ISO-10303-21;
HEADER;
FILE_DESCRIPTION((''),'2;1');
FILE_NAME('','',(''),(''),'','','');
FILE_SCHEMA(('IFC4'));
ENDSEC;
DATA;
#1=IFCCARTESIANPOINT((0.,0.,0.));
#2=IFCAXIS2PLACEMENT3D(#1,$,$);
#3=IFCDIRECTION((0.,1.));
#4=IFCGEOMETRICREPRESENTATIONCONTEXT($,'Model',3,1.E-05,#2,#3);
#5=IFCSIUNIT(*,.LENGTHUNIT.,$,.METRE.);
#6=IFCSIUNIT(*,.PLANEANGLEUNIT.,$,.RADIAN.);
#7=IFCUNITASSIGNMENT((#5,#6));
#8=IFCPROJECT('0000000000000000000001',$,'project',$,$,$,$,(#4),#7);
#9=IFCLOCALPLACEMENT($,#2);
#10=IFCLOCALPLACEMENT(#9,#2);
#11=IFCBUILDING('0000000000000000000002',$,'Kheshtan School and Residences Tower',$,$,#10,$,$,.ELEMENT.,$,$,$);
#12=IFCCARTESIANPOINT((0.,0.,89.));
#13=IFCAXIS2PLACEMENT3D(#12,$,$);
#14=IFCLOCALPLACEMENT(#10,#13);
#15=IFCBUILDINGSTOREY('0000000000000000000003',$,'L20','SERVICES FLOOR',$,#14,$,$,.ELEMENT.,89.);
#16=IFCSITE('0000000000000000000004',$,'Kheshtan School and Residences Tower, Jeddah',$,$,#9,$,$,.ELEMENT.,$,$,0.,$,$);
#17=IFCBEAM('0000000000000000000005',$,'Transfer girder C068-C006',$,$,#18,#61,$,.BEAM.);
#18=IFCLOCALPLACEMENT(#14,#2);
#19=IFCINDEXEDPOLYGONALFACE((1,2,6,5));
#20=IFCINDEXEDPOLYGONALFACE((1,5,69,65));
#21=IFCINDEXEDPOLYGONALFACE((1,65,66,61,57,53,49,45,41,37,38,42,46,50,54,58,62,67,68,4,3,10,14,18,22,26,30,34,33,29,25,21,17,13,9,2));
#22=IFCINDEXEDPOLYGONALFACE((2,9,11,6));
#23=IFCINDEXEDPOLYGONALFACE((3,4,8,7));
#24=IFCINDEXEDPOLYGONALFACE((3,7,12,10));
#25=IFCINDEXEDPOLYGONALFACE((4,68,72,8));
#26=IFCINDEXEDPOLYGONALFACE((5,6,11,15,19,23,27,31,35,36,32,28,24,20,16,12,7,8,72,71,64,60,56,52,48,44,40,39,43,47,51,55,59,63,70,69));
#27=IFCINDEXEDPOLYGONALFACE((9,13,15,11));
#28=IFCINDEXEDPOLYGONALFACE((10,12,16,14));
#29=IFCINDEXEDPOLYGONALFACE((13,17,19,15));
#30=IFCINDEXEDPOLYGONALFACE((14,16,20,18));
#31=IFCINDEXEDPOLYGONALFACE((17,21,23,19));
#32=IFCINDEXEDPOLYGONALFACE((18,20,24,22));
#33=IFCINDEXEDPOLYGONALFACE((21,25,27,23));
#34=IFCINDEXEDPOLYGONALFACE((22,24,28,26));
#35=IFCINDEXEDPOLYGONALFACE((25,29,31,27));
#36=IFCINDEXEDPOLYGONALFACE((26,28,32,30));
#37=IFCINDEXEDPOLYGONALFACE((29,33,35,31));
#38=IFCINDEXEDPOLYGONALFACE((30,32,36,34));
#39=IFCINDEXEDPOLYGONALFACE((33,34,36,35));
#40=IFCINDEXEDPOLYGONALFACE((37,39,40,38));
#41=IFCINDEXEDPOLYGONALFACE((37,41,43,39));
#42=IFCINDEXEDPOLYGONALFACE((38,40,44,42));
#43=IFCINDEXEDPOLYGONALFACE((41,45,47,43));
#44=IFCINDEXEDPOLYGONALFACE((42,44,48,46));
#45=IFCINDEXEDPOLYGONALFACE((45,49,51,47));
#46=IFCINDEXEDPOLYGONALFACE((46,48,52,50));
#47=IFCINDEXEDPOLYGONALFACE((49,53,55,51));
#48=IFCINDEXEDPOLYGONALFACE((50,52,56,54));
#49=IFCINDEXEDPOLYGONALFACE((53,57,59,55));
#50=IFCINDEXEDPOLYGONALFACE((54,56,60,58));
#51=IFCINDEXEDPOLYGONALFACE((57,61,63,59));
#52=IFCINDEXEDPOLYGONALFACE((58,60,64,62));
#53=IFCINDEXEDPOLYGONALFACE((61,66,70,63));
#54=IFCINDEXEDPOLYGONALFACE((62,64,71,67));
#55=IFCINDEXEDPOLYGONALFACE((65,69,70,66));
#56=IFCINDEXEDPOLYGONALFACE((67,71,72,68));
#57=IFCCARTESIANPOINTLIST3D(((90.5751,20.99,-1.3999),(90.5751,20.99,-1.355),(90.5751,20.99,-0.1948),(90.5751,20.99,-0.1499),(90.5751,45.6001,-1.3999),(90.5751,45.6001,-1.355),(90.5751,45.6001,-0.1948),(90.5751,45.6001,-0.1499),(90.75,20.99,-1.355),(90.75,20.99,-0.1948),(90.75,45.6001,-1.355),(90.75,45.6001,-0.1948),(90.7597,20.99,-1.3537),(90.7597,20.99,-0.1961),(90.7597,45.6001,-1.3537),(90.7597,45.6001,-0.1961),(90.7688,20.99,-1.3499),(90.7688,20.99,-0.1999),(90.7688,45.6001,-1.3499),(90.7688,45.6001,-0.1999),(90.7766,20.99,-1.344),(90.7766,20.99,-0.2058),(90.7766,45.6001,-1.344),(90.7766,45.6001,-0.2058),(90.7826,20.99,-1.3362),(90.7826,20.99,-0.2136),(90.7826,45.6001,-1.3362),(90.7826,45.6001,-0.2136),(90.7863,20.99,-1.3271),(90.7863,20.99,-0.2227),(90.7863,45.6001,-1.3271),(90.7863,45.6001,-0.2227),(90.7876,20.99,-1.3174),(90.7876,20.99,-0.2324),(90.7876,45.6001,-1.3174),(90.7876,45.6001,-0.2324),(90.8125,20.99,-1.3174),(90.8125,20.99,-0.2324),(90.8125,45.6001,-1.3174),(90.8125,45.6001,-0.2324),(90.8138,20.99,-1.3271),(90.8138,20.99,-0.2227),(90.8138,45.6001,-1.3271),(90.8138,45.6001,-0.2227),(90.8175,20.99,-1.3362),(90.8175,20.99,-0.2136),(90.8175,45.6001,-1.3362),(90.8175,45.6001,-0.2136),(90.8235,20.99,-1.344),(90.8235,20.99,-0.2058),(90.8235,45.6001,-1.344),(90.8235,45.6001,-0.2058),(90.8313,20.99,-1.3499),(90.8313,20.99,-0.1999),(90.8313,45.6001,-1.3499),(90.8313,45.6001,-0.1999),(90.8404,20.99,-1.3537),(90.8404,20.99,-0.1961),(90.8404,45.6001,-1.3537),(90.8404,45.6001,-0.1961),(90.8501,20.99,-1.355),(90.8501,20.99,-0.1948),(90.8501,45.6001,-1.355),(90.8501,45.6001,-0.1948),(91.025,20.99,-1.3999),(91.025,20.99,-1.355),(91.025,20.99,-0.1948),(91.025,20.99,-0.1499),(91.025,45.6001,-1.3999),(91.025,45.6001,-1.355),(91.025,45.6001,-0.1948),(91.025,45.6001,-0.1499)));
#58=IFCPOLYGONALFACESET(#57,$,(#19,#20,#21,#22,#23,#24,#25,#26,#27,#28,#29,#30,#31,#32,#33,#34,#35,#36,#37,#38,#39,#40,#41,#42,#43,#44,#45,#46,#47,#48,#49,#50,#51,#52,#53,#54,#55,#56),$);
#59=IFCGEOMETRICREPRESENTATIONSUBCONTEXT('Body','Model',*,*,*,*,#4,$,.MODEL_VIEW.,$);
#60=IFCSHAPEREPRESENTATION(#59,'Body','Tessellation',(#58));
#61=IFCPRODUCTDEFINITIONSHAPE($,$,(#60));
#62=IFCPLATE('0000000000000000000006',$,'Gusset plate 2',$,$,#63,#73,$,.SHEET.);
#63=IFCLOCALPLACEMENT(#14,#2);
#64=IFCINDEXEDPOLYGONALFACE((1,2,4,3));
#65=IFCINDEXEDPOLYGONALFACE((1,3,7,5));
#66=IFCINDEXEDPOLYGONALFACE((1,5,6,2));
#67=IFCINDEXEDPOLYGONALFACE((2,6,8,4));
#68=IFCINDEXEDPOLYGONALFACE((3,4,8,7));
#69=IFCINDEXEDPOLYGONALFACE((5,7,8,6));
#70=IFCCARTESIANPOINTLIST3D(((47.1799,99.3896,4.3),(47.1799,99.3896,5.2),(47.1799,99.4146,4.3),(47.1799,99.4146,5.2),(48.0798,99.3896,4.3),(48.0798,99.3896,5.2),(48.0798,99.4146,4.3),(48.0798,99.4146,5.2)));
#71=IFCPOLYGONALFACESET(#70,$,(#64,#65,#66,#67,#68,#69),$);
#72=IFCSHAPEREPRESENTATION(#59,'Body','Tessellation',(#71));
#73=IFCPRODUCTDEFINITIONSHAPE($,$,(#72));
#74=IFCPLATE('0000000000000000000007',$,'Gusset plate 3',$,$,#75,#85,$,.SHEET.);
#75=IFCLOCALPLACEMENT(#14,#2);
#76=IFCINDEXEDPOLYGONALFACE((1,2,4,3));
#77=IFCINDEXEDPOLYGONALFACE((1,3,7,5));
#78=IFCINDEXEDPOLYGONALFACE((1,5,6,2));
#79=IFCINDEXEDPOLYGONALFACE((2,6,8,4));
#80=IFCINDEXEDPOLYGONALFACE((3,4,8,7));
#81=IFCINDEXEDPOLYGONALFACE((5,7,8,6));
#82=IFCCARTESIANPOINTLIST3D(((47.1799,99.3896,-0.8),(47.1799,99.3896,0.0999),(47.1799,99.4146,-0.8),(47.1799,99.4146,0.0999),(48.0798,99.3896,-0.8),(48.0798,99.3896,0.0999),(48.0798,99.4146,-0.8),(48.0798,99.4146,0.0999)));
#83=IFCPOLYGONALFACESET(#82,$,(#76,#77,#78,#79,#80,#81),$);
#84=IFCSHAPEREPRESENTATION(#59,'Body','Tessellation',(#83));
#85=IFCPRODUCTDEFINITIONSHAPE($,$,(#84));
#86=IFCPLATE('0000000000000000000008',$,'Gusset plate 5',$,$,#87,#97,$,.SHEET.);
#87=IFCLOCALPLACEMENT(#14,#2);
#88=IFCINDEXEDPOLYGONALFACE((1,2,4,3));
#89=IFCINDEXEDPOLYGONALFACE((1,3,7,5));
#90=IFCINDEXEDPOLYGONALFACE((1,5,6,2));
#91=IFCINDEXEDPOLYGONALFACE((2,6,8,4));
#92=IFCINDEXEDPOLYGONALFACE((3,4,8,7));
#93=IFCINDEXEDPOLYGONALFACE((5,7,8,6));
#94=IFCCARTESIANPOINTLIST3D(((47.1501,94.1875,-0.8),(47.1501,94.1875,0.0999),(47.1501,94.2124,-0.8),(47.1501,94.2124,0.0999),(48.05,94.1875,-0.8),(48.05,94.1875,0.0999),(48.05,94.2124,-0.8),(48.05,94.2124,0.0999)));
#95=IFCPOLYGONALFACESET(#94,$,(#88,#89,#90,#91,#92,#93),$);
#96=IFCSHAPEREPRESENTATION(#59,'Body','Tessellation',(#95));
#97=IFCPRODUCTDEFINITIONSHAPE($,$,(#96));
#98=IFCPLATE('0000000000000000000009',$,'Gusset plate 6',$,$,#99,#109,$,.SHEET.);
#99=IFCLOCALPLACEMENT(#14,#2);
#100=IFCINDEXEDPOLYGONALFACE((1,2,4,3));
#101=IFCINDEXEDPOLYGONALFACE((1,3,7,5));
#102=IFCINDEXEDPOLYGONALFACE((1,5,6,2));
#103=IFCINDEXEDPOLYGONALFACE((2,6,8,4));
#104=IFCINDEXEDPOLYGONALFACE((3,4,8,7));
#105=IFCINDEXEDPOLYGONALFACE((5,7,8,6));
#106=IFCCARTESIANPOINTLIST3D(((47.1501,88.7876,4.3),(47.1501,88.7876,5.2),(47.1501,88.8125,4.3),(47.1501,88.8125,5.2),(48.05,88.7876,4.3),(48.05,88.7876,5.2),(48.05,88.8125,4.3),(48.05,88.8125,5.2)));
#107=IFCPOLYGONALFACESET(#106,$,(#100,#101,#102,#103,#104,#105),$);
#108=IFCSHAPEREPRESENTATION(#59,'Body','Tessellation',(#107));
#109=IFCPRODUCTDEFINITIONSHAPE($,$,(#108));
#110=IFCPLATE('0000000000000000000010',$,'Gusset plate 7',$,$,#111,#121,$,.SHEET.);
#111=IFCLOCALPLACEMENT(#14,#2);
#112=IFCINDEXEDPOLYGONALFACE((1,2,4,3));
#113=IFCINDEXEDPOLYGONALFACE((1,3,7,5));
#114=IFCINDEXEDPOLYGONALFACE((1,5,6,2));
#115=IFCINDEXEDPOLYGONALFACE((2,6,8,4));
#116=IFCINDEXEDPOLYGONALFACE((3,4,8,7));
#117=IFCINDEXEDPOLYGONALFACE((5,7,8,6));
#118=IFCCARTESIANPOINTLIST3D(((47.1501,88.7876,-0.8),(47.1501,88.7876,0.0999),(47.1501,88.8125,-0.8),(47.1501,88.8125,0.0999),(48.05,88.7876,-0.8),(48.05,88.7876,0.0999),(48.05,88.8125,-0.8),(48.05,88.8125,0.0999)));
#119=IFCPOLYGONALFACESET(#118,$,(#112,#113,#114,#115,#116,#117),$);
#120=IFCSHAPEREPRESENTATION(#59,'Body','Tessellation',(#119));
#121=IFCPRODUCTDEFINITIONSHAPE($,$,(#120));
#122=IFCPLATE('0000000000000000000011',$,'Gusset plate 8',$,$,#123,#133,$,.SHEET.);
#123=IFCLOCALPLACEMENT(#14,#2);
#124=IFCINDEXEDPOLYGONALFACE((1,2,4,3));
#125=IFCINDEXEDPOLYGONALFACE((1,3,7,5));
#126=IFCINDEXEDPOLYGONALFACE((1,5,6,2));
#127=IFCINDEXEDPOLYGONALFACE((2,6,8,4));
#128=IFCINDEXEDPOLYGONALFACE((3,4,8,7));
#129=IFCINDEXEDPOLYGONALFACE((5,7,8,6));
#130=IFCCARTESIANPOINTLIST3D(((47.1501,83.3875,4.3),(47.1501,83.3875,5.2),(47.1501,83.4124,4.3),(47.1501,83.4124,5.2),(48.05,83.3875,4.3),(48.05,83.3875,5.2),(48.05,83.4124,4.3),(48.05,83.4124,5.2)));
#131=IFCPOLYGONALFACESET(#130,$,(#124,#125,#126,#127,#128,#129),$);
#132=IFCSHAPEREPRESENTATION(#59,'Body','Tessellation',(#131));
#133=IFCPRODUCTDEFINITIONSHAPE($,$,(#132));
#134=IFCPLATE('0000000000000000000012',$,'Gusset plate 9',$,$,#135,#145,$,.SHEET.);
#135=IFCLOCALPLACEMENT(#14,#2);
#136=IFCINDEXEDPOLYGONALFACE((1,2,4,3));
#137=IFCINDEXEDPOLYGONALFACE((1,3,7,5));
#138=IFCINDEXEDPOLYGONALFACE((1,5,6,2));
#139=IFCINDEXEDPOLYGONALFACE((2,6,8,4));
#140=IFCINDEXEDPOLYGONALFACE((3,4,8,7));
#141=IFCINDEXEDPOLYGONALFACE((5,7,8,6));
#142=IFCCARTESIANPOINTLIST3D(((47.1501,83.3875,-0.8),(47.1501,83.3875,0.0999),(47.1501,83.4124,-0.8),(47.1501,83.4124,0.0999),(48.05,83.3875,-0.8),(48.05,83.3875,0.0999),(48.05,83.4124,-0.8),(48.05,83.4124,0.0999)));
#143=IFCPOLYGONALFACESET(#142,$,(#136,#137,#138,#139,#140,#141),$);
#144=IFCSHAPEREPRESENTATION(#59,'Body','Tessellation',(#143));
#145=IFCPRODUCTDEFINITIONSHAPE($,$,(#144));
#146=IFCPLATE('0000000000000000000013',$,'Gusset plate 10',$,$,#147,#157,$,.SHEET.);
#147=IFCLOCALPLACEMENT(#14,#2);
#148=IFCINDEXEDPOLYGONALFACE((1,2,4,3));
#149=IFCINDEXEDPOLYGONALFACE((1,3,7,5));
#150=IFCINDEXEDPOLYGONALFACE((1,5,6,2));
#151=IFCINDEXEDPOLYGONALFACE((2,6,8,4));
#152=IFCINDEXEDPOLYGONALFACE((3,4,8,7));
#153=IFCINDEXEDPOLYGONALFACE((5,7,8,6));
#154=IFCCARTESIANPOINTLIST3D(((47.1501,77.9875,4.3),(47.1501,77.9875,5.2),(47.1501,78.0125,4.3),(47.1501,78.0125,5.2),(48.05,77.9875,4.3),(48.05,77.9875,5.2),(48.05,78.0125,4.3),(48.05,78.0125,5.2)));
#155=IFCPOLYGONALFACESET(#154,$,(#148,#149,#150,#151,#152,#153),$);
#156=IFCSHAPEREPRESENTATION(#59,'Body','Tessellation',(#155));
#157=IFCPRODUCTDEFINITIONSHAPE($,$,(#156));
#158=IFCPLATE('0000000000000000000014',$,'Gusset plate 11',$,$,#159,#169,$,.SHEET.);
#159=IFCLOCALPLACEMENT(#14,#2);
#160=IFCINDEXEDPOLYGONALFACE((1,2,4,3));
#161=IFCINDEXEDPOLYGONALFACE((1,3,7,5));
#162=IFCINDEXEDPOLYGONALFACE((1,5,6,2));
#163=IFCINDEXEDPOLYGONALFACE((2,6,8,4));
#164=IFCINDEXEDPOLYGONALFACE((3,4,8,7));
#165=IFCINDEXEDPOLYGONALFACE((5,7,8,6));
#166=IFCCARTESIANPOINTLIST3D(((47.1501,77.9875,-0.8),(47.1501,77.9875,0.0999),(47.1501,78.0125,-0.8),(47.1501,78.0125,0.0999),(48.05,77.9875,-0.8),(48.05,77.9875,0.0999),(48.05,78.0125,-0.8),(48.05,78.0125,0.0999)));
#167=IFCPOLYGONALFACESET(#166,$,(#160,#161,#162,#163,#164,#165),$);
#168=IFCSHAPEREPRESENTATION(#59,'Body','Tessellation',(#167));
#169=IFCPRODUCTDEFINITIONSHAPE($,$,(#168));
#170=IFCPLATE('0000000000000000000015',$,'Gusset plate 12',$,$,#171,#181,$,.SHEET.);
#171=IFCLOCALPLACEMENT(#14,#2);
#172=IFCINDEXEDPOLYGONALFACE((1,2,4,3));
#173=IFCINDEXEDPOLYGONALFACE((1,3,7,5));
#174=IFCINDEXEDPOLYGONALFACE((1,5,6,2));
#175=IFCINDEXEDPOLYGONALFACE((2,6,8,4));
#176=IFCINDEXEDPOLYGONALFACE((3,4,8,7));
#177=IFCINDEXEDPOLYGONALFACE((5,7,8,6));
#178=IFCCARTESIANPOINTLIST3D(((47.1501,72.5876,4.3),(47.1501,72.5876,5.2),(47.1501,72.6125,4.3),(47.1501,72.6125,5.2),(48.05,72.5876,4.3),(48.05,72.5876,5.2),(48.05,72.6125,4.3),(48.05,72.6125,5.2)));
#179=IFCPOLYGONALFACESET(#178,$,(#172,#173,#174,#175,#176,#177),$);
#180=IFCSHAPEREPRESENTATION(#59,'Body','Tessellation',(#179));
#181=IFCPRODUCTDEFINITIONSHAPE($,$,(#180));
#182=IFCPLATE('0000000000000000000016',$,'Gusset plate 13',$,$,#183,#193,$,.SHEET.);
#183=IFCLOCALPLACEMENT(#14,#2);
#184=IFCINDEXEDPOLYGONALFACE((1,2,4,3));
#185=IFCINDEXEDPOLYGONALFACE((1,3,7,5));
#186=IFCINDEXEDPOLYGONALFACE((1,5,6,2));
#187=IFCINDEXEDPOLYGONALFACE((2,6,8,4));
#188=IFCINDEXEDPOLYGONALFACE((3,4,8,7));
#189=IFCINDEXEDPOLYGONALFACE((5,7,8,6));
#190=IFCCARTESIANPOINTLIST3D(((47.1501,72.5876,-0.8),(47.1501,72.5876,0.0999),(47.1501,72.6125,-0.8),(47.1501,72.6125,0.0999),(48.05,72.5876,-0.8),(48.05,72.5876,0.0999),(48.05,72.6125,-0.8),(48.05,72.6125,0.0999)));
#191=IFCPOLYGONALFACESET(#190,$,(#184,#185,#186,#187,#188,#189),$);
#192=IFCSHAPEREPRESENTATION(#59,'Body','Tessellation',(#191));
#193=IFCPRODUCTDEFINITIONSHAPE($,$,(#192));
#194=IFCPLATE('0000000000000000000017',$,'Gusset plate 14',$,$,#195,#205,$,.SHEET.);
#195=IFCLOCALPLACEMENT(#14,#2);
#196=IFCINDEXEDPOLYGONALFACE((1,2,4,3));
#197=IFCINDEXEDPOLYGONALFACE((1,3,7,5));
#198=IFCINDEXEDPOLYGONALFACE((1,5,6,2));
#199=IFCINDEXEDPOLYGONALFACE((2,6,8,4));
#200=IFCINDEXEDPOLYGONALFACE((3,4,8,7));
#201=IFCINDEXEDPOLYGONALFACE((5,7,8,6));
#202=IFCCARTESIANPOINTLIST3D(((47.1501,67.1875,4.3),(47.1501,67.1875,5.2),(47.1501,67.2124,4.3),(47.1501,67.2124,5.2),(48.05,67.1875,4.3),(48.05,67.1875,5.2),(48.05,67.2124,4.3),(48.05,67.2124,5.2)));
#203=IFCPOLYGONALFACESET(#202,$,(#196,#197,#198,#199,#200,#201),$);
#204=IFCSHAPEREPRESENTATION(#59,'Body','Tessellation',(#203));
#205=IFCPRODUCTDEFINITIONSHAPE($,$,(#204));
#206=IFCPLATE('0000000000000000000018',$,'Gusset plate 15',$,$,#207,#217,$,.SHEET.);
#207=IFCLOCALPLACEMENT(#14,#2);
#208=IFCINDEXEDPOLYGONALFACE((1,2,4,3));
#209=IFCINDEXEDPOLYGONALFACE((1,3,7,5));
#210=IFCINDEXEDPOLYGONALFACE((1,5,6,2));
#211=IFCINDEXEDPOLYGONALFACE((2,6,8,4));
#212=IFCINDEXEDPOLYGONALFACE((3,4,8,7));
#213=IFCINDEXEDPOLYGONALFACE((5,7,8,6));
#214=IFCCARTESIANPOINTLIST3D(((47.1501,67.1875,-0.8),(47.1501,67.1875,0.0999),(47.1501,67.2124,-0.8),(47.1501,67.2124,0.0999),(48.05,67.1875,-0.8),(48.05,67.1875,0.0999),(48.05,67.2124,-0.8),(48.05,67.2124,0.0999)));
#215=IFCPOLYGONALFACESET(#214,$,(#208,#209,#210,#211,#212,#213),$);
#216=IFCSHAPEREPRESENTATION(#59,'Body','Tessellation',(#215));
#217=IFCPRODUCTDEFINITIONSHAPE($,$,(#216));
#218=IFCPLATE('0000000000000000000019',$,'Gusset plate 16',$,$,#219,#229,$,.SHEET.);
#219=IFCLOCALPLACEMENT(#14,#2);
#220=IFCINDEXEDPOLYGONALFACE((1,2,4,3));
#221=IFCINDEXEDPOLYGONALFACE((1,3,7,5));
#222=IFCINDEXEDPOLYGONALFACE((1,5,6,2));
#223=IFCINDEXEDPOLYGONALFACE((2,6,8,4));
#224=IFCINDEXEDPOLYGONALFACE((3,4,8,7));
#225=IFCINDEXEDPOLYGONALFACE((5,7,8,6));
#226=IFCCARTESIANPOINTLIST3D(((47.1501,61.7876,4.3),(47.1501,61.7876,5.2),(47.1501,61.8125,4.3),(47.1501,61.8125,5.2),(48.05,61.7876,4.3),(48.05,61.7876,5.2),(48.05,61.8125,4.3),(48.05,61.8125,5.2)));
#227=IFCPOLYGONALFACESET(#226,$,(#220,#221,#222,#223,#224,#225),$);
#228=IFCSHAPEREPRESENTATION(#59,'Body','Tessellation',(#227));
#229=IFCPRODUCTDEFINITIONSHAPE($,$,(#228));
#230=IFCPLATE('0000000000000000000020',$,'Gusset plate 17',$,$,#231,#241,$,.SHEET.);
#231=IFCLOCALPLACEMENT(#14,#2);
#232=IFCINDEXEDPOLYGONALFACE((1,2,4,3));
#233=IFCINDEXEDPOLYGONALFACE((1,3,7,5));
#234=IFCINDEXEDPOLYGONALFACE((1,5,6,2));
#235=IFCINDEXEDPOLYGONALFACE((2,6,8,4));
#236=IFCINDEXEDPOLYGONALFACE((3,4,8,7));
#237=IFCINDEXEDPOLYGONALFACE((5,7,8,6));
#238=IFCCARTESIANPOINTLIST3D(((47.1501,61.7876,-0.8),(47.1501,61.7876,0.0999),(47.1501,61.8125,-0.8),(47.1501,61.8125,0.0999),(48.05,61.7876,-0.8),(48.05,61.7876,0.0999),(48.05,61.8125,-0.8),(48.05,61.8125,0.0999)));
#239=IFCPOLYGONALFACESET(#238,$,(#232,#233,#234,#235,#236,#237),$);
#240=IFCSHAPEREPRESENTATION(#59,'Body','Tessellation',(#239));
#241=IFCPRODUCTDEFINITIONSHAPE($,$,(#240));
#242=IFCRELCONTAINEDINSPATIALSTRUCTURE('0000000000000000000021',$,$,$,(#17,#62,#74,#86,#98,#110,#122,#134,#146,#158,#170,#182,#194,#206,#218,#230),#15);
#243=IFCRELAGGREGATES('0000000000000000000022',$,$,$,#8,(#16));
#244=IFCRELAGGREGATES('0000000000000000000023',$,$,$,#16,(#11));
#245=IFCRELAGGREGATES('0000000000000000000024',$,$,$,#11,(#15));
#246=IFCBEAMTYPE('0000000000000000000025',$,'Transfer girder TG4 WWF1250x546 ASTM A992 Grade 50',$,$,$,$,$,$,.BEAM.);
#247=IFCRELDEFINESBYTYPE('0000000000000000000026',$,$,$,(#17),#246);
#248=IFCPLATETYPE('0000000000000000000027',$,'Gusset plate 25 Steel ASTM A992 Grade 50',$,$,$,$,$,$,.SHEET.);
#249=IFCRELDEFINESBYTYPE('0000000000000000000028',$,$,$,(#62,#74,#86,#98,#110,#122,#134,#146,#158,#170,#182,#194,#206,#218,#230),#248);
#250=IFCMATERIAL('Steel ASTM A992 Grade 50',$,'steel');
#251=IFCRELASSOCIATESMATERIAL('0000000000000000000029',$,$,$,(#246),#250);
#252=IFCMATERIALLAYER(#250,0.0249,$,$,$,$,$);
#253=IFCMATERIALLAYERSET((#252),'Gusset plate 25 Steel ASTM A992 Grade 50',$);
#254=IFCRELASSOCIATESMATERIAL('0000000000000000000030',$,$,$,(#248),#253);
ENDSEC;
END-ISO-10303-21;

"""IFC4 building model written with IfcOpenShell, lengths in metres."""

from ifc_helpers import new_model, si_unit, direction, frame, origin, origin_2d, place, context, subcontext, project, spatial, rectangle, i_section, extrude, material, layer, layer_set, material_profile, profile_set, type_object, element, save


model = new_model("IFC4")

# Units and contexts
model_context = context("Model", 3, precision=1e-05, world=origin(), true_north=direction((0.0, 1.0)))
body_context = subcontext(model_context, "Body", "Model", "MODEL_VIEW")
ifc_project = project(units=[si_unit("LENGTHUNIT", "METRE"), si_unit("PLANEANGLEUNIT", "RADIAN")], contexts=[model_context])

# Site, building, storey
site_placement = place(None, origin())
site = spatial("IfcSite", under=ifc_project, at=site_placement, Name="Kheshtan School and Residences Tower, Jeddah", CompositionType="ELEMENT", RefElevation=0.0)
building_placement = place(site_placement, origin())
building = spatial("IfcBuilding", under=site, at=building_placement, Name="Kheshtan School and Residences Tower", CompositionType="ELEMENT")
storey_placement = place(building_placement, frame((0.0, 0.0, 89.0)))
storey = spatial("IfcBuildingStorey", under=building, at=storey_placement, Name="L20", Description="SERVICES FLOOR", CompositionType="ELEMENT", Elevation=89.0)

# Shared definitions
ifc_material_1 = material(Name="Steel ASTM A992 Grade 50", Category="steel")

# Beam
ifc_material_profile_1 = material_profile(ifc_material_1, i_section(OverallWidth=0.45, OverallDepth=1.25, WebThickness=0.0249, FlangeThickness=0.0449, FilletRadius=0.0376, at=origin_2d()), Name="WWF1250x546")
ifc_profile_set_1 = profile_set([ifc_material_profile_1], Name="Steel ASTM A992 Grade 50")
beam_type_1 = type_object("IfcBeamType", Name="Transfer girder TG4 WWF1250x546 ASTM A992 Grade 50", PredefinedType="BEAM", material=ifc_profile_set_1)
beam_1_placement = place(storey_placement, frame((90.8, 45.6001, -0.7749), z_axis=(0.0, -1.0, 0.0), x_axis=(1.0, 0.0, 0.0)))
element("IfcBeam", 1, at=beam_1_placement, inside=storey, type_object=beam_type_1, Name="Transfer girder C068-C006", PredefinedType="BEAM", context=body_context, shape_type="SweptSolid", body=[
    extrude(i_section(OverallWidth=0.45, OverallDepth=1.25, WebThickness=0.0249, FlangeThickness=0.0449, FilletRadius=0.0376, at=origin_2d()), origin(), (0.0, 0.0, 1.0), 24.6101),
])

# Plates
ifc_layer_1 = layer(ifc_material_1, 0.0249)
ifc_layer_set_1 = layer_set([ifc_layer_1], Name="Gusset plate 25 Steel ASTM A992 Grade 50")
plate_type = type_object("IfcPlateType", Name="Gusset plate 25 Steel ASTM A992 Grade 50", PredefinedType="SHEET", material=ifc_layer_set_1)
for number, where, z_axis, x_axis, name in (
    (2, (47.6299, 99.4021, 4.3), (0.0, 0.0, 1.0), (1.0, 0.0, 0.0), "Gusset plate 2"),
    (3, (47.6299, 99.4021, -0.8), (0.0, 0.0, 1.0), (1.0, 0.0, 0.0), "Gusset plate 3"),
    (4, (47.6001, 94.2, -0.8), (0.0, 0.0, 1.0), (1.0, 0.0, 0.0), "Gusset plate 5"),
    (5, (47.6001, 88.8, 4.3), (0.0, 0.0, 1.0), (1.0, 0.0, 0.0), "Gusset plate 6"),
    (6, (47.6001, 88.8, -0.8), (0.0, 0.0, 1.0), (1.0, 0.0, 0.0), "Gusset plate 7"),
    (7, (47.6001, 83.3999, 4.3), (0.0, 0.0, 1.0), (1.0, 0.0, 0.0), "Gusset plate 8"),
    (8, (47.6001, 83.3999, -0.8), (0.0, 0.0, 1.0), (1.0, 0.0, 0.0), "Gusset plate 9"),
    (9, (47.6001, 78.0, 4.3), (0.0, 0.0, 1.0), (1.0, 0.0, 0.0), "Gusset plate 10"),
    (10, (47.6001, 78.0, -0.8), (0.0, 0.0, 1.0), (1.0, 0.0, 0.0), "Gusset plate 11"),
    (11, (47.6001, 72.6001, 4.3), (0.0, 0.0, 1.0), (1.0, 0.0, 0.0), "Gusset plate 12"),
    (12, (47.6001, 72.6001, -0.8), (0.0, 0.0, 1.0), (1.0, 0.0, 0.0), "Gusset plate 13"),
    (13, (47.6001, 67.2, 4.3), (0.0, 0.0, 1.0), (1.0, 0.0, 0.0), "Gusset plate 14"),
    (14, (47.6001, 67.2, -0.8), (0.0, 0.0, 1.0), (1.0, 0.0, 0.0), "Gusset plate 15"),
    (15, (47.6001, 61.8, 4.3), (0.0, 0.0, 1.0), (1.0, 0.0, 0.0), "Gusset plate 16"),
    (16, (47.6001, 61.8, -0.8), (0.0, 0.0, 1.0), (1.0, 0.0, 0.0), "Gusset plate 17"),
):
    element("IfcPlate", number, at=place(storey_placement, frame(where, z_axis=z_axis, x_axis=x_axis)), inside=storey, type_object=plate_type, Name=name, PredefinedType="SHEET", context=body_context, shape_type="SweptSolid", body=[
        extrude(rectangle(XDim=0.8999, YDim=0.0249, at=origin_2d()), origin(), (0.0, 0.0, 1.0), 0.8999),
    ])

save(model, "model.ifc")
